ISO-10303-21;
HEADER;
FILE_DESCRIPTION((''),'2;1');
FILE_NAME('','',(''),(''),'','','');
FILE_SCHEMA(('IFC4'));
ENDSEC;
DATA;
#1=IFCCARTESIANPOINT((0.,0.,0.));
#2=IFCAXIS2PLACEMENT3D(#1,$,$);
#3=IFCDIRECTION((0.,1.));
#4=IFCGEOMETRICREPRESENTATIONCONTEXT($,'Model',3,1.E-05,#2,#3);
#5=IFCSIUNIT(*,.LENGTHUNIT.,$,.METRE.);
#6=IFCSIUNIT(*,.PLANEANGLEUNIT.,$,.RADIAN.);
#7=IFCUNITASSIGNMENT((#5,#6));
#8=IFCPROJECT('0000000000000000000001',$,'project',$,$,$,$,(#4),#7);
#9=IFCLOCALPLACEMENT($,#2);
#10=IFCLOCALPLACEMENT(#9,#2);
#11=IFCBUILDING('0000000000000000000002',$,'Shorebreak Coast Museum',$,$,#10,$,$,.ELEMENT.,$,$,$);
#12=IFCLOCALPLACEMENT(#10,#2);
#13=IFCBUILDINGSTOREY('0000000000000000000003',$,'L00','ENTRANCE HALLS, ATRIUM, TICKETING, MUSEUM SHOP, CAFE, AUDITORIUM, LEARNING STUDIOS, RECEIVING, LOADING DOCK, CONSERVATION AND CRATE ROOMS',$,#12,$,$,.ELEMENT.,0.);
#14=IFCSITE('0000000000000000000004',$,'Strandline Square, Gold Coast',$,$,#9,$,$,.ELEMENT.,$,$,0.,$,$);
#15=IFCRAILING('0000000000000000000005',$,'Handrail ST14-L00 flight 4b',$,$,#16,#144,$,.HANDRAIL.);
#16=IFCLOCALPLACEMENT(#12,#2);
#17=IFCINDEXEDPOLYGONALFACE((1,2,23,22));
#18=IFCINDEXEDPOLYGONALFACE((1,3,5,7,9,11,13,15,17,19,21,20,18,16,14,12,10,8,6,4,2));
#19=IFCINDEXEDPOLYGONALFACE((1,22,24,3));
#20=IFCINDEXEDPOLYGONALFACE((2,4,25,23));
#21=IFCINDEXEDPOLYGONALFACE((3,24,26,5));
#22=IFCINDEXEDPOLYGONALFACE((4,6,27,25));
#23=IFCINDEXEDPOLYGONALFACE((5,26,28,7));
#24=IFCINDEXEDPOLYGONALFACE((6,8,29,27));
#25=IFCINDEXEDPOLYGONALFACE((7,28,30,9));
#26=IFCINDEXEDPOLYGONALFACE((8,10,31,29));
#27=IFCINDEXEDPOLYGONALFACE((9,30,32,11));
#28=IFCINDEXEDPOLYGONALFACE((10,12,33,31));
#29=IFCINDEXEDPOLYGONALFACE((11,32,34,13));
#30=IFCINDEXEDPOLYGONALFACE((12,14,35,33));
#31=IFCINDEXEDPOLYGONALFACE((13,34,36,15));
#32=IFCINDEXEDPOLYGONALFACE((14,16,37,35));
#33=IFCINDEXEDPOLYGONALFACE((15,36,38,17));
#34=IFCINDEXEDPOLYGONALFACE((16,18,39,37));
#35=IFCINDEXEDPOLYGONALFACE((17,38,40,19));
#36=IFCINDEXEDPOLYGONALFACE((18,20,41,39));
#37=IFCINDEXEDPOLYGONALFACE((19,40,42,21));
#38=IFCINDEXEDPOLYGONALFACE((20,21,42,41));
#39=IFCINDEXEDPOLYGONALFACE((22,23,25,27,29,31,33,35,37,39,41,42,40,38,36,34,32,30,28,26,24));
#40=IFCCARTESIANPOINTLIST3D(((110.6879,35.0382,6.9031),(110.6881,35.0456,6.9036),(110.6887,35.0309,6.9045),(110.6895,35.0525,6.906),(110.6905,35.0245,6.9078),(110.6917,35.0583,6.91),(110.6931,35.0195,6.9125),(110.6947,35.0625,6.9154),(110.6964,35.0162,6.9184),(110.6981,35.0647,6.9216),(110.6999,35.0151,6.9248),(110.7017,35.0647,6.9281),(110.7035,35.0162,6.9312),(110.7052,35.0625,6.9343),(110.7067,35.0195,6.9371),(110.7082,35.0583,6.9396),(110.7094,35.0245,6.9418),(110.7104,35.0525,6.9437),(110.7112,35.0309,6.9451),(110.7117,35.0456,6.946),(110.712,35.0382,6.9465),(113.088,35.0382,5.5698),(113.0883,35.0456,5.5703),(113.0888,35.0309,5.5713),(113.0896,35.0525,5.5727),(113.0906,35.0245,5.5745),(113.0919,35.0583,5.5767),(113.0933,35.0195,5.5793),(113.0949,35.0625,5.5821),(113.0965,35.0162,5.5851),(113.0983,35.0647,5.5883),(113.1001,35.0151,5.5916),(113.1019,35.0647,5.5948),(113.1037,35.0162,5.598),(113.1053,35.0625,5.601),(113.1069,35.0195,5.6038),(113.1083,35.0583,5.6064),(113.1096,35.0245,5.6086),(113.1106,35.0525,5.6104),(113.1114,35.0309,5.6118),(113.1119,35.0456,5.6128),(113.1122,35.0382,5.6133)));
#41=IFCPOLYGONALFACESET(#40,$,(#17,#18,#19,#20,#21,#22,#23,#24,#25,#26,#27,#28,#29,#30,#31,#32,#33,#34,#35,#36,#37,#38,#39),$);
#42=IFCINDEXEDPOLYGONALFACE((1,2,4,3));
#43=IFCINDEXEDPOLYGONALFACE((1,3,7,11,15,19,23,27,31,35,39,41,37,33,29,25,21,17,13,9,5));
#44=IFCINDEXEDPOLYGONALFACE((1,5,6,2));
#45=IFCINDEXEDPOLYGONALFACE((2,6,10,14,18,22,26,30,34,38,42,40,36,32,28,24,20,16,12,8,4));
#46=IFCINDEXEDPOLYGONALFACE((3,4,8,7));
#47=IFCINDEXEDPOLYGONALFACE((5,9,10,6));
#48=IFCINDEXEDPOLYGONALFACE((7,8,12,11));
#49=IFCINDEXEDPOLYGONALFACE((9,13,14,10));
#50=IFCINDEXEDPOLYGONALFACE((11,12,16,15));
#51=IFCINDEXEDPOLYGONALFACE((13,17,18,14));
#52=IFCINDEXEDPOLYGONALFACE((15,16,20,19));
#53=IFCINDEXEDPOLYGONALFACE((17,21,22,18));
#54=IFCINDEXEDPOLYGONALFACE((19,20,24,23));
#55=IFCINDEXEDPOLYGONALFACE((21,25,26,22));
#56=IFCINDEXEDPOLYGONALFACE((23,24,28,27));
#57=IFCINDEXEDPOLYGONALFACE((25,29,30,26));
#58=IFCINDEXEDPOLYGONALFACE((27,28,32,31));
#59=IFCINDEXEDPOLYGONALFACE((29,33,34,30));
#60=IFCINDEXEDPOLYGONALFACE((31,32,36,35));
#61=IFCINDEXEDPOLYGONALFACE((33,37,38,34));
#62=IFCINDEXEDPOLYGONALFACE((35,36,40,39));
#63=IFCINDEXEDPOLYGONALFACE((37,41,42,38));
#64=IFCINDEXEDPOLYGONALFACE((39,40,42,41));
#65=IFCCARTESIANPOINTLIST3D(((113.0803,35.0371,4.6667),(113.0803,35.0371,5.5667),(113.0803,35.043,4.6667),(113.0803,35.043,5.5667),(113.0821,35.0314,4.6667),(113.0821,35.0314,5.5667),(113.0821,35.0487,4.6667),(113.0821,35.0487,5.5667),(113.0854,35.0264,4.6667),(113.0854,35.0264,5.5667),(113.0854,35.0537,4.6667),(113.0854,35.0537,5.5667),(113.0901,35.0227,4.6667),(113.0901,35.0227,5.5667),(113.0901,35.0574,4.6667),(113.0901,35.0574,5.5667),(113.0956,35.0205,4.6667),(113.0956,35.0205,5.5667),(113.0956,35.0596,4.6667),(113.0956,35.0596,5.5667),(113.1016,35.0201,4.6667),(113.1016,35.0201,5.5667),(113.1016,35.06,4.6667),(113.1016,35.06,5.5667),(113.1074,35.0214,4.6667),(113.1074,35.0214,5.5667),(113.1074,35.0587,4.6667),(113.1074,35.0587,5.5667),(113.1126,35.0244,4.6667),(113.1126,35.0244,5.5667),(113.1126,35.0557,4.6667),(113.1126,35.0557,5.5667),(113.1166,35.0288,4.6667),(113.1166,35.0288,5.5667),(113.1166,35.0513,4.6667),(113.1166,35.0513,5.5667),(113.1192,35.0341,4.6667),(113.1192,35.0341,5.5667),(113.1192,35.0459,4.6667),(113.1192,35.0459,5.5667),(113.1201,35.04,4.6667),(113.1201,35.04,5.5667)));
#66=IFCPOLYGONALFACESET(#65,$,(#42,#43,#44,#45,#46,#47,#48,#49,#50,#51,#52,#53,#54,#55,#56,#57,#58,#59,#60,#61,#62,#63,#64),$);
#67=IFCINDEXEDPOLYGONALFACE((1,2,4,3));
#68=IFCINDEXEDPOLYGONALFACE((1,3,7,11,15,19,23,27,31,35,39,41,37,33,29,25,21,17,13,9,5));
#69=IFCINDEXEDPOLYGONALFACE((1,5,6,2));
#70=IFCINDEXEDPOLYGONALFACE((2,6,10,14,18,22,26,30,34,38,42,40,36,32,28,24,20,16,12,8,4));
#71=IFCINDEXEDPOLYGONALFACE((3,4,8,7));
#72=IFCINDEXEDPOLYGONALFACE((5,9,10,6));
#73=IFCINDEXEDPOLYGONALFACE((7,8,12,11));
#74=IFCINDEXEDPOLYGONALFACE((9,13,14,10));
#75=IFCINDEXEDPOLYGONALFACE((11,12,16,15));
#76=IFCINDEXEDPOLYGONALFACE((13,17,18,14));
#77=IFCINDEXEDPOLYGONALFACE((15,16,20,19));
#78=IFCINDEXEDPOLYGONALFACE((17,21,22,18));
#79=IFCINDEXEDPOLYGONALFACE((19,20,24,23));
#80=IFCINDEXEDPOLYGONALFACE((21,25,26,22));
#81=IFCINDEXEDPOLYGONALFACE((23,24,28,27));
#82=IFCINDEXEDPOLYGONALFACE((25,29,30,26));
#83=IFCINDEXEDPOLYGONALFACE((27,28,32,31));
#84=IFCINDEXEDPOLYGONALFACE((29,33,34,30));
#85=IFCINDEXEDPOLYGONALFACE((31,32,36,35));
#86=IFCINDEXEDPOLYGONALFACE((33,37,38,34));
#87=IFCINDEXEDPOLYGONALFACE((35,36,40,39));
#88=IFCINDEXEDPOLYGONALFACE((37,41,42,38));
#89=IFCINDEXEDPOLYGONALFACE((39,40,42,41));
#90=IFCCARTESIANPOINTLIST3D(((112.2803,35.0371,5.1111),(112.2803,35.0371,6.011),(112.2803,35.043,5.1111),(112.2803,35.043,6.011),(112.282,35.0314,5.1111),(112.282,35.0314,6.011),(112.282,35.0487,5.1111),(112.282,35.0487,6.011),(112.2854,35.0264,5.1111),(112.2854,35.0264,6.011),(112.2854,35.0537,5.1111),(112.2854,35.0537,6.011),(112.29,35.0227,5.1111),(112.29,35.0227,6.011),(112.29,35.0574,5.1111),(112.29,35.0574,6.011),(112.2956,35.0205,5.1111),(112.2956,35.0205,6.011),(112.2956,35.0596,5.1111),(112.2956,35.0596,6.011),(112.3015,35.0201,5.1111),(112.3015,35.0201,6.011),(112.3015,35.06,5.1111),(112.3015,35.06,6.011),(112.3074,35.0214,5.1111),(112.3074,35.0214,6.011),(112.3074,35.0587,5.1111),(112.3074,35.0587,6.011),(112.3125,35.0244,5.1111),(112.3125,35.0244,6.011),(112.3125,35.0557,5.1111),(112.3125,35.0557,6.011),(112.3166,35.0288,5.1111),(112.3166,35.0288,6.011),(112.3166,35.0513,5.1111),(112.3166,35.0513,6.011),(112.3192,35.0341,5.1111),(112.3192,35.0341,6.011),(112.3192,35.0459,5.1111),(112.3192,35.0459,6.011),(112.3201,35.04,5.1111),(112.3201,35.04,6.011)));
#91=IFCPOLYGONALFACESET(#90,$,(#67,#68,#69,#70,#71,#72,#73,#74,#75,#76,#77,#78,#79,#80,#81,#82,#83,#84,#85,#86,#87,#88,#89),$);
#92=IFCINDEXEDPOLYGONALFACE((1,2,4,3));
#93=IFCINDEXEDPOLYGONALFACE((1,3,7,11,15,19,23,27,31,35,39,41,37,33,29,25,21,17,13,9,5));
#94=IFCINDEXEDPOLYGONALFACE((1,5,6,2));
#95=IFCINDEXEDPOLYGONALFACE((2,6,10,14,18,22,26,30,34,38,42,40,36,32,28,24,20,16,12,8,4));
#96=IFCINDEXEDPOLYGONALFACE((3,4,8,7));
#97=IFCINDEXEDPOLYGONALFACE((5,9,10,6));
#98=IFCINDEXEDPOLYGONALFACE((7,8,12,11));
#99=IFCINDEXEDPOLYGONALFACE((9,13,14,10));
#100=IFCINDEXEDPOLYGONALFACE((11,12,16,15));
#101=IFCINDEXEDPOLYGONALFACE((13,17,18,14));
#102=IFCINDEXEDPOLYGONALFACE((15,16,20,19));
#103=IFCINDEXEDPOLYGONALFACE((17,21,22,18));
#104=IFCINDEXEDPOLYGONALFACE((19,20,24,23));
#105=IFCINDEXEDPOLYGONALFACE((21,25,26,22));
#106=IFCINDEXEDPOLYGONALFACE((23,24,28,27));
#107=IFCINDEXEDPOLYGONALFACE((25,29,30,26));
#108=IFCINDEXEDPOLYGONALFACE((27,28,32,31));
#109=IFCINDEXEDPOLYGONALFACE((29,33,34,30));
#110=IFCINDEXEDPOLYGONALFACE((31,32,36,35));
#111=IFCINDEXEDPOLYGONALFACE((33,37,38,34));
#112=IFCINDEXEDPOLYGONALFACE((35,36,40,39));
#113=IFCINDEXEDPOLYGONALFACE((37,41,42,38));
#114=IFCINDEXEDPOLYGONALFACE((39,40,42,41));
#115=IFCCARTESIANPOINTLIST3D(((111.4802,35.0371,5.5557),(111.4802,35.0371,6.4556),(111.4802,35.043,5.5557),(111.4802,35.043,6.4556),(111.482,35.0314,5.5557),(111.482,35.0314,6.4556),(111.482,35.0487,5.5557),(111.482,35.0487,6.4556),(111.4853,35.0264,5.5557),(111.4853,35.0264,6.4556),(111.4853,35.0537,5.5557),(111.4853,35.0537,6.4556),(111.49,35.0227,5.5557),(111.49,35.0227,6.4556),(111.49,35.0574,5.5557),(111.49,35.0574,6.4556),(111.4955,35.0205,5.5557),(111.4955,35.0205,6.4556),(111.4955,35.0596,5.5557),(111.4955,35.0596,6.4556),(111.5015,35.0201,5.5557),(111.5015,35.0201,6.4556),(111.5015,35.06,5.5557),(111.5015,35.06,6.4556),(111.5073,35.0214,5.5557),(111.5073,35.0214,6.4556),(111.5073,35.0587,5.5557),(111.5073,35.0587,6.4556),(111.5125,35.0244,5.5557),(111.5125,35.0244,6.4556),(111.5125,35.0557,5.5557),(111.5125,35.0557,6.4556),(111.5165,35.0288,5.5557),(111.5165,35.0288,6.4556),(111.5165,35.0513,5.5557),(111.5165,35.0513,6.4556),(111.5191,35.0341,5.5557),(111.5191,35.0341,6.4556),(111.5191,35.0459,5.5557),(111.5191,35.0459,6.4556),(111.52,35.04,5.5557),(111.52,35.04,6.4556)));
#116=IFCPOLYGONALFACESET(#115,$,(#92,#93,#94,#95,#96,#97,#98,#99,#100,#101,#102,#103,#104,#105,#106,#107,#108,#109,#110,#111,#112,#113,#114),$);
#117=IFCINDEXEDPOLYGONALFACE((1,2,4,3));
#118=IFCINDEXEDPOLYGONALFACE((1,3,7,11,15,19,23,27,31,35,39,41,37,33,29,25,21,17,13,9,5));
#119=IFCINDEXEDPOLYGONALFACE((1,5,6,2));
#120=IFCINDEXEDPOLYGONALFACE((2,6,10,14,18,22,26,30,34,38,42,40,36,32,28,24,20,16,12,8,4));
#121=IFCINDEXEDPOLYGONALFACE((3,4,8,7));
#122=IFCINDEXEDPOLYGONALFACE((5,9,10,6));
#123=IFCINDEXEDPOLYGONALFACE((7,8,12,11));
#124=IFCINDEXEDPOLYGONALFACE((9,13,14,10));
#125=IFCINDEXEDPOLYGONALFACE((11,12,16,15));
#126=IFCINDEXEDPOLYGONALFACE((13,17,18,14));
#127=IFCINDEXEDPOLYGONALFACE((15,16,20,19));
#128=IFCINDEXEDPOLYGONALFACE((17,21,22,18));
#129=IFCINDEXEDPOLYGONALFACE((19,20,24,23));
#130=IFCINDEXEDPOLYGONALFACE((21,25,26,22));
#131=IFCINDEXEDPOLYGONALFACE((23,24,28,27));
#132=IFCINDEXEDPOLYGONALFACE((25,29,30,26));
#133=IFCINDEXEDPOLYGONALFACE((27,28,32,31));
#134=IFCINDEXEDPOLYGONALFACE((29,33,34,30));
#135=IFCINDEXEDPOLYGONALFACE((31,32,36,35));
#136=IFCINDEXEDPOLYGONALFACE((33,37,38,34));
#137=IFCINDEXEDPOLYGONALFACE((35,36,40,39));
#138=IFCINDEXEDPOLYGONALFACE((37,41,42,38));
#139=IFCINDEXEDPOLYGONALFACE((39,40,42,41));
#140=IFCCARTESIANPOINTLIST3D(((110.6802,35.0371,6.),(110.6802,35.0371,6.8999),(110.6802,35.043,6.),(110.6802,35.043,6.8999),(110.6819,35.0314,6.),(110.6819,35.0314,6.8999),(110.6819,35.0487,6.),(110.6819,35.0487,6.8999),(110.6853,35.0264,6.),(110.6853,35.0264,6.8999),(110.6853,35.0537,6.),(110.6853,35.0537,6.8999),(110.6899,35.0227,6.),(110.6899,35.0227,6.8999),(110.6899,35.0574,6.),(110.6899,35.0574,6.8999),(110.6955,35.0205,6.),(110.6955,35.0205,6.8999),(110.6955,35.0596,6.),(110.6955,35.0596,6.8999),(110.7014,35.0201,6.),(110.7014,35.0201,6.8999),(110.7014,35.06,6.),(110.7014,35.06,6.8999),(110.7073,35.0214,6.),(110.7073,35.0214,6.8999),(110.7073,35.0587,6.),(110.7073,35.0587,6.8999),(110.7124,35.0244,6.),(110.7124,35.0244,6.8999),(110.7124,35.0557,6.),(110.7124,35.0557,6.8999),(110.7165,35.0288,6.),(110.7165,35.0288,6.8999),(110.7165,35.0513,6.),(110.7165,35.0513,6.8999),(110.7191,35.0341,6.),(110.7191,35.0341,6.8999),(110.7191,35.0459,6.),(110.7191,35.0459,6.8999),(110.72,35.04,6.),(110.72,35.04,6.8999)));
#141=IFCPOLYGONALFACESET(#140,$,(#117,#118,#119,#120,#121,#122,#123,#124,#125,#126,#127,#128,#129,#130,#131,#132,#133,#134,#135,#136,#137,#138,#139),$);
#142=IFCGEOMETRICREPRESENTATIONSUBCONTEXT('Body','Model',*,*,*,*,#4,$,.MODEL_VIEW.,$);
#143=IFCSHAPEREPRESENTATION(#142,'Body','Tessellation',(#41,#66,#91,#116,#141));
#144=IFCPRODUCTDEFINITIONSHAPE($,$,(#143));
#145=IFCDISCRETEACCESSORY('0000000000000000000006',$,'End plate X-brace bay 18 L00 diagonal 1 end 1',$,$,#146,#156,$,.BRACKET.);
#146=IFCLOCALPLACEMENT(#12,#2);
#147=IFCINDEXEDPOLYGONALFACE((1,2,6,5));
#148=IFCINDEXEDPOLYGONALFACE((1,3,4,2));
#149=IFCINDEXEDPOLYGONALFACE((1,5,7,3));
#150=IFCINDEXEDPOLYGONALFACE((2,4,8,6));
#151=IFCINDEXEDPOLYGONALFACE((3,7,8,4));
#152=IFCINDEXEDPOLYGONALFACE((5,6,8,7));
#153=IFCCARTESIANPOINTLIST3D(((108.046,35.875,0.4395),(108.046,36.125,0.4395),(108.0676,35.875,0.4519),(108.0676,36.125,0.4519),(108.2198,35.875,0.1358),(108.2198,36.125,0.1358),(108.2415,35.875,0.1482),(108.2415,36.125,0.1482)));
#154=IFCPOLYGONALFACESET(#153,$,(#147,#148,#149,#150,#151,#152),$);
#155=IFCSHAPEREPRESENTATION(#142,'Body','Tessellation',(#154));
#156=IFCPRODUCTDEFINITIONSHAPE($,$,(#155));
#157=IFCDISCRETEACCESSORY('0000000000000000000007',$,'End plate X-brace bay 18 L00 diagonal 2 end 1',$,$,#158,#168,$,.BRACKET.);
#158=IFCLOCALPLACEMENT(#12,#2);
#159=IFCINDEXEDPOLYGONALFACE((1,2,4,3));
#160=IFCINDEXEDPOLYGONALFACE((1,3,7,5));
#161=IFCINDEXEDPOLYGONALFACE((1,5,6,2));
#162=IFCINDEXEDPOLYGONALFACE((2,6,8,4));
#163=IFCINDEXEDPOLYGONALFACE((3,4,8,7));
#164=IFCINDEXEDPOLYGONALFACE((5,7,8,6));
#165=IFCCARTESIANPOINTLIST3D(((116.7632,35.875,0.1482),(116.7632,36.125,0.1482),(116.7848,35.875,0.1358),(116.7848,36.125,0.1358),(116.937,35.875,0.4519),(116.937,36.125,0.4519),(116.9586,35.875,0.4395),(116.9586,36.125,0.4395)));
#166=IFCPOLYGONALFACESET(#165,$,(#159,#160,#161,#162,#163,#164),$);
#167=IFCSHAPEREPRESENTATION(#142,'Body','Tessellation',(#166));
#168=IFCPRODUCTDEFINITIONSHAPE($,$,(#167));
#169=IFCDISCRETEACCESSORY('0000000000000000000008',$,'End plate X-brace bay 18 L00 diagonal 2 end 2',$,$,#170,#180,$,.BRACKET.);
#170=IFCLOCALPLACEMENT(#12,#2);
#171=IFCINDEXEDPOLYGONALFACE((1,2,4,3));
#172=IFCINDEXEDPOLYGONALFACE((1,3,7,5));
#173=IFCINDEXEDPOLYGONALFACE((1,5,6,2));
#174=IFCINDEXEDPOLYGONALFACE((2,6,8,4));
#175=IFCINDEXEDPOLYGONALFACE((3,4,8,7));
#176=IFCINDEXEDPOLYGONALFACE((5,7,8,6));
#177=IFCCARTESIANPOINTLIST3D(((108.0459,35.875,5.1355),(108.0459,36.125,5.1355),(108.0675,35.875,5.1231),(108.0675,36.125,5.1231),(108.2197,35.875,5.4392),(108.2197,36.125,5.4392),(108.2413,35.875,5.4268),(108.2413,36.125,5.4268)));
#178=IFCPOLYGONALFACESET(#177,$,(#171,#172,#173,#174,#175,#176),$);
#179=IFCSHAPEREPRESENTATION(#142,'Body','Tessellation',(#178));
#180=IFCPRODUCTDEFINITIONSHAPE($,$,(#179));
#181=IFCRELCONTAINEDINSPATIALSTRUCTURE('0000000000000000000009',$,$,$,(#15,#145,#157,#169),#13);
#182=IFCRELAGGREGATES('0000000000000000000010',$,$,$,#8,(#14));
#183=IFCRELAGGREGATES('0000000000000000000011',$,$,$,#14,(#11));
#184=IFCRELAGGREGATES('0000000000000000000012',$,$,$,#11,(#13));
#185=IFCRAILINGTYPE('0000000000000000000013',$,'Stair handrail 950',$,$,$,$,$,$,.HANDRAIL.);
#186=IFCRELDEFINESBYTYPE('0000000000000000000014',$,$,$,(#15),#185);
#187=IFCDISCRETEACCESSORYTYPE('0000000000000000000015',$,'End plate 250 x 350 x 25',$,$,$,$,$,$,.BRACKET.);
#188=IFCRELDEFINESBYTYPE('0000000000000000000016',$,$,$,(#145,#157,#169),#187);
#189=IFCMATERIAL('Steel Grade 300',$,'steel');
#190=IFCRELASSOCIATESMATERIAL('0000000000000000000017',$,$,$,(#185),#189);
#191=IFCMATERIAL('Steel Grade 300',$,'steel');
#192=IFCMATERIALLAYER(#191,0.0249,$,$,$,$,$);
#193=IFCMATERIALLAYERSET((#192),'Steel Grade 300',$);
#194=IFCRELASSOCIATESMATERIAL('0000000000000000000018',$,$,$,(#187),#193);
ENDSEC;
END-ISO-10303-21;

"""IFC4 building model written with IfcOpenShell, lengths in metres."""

from ifc_helpers import new_model, si_unit, direction, frame, origin, origin_2d, place, context, subcontext, project, spatial, polyline, circle, outline, extrude, material, layer, layer_set, type_object, element, save


model = new_model("IFC4")

# Units and contexts
model_context = context("Model", 3, precision=1e-05, world=origin(), true_north=direction((0.0, 1.0)))
body_context = subcontext(model_context, "Body", "Model", "MODEL_VIEW")
ifc_project = project(units=[si_unit("LENGTHUNIT", "METRE"), si_unit("PLANEANGLEUNIT", "RADIAN")], contexts=[model_context])

# Site, building, storey
site_placement = place(None, origin())
site = spatial("IfcSite", under=ifc_project, at=site_placement, Name="Strandline Square, Gold Coast", CompositionType="ELEMENT", RefElevation=0.0)
building_placement = place(site_placement, origin())
building = spatial("IfcBuilding", under=site, at=building_placement, Name="Shorebreak Coast Museum", CompositionType="ELEMENT")
storey_placement = place(building_placement, origin())
storey = spatial("IfcBuildingStorey", under=building, at=storey_placement, Name="L00", Description="ENTRANCE HALLS, ATRIUM, TICKETING, MUSEUM SHOP, CAFE, AUDITORIUM, LEARNING STUDIOS, RECEIVING, LOADING DOCK, CONSERVATION AND CRATE ROOMS", CompositionType="ELEMENT", Elevation=0.0)

# Railing
ifc_material_1 = material(Name="Steel Grade 300", Category="steel")
railing_type = type_object("IfcRailingType", Name="Stair handrail 950", PredefinedType="HANDRAIL", material=ifc_material_1)
railing_placement = place(storey_placement, frame((113.1001, 35.04, 4.6667)))
element("IfcRailing", 1, at=railing_placement, inside=storey, type_object=railing_type, Name="Handrail ST14-L00 flight 4b", PredefinedType="HANDRAIL", context=body_context, shape_type="SweptSolid", body=[
    extrude(circle(Radius=0.0249, at=origin_2d()), frame((0.0, 0.0, 0.9248), z_axis=(-0.874182, 0.0, 0.485598), x_axis=(0.0, -1.0, 0.0)), (0.0, 0.0, 1.0), 2.7456),
    extrude(circle(Radius=0.02, at=origin_2d()), origin(), (0.0, 0.0, 1.0), 0.8999),
    extrude(circle(Radius=0.02, at=origin_2d()), frame((-0.8, 0.0, 0.4443)), (0.0, 0.0, 1.0), 0.8999),
    extrude(circle(Radius=0.02, at=origin_2d()), frame((-1.6001, 0.0, 0.8889)), (0.0, 0.0, 1.0), 0.8999),
    extrude(circle(Radius=0.02, at=origin_2d()), frame((-2.4001, 0.0, 1.3333)), (0.0, 0.0, 1.0), 0.8999),
])

# Discrete accessories
ifc_material_2 = material(Name="Steel Grade 300", Category="steel")
ifc_layer_1 = layer(ifc_material_2, 0.0249)
ifc_layer_set_1 = layer_set([ifc_layer_1], Name="Steel Grade 300")
discrete_accessory_type = type_object("IfcDiscreteAccessoryType", Name="End plate 250 x 350 x 25", PredefinedType="BRACKET", material=ifc_layer_set_1)
for number, where, z_axis, x_axis, name in (
    (2, (108.2415, 35.875, 0.1482), (0.867899, 0.0, 0.49674), (0.0, 1.0, 0.0), "End plate X-brace bay 18 L00 diagonal 1 end 1"),
    (3, (116.7632, 36.125, 0.1482), (-0.867899, 0.0, 0.49674), (0.0, -1.0, 0.0), "End plate X-brace bay 18 L00 diagonal 2 end 1"),
    (4, (108.0459, 36.125, 5.1355), (-0.867899, 0.0, 0.49674), (0.0, -1.0, 0.0), "End plate X-brace bay 18 L00 diagonal 2 end 2"),
):
    element("IfcDiscreteAccessory", number, at=place(storey_placement, frame(where, z_axis=z_axis, x_axis=x_axis)), inside=storey, type_object=discrete_accessory_type, Name=name, PredefinedType="BRACKET", context=body_context, shape_type="SweptSolid", body=[
        extrude(outline(polyline([(0.0, 0.0), (0.25, 0.0), (0.25, 0.3499), (0.0, 0.3499), (0.0, 0.0)])), origin(), (0.0, 0.0, -1.0), 0.0249),
    ])

save(model, "model.ifc")
